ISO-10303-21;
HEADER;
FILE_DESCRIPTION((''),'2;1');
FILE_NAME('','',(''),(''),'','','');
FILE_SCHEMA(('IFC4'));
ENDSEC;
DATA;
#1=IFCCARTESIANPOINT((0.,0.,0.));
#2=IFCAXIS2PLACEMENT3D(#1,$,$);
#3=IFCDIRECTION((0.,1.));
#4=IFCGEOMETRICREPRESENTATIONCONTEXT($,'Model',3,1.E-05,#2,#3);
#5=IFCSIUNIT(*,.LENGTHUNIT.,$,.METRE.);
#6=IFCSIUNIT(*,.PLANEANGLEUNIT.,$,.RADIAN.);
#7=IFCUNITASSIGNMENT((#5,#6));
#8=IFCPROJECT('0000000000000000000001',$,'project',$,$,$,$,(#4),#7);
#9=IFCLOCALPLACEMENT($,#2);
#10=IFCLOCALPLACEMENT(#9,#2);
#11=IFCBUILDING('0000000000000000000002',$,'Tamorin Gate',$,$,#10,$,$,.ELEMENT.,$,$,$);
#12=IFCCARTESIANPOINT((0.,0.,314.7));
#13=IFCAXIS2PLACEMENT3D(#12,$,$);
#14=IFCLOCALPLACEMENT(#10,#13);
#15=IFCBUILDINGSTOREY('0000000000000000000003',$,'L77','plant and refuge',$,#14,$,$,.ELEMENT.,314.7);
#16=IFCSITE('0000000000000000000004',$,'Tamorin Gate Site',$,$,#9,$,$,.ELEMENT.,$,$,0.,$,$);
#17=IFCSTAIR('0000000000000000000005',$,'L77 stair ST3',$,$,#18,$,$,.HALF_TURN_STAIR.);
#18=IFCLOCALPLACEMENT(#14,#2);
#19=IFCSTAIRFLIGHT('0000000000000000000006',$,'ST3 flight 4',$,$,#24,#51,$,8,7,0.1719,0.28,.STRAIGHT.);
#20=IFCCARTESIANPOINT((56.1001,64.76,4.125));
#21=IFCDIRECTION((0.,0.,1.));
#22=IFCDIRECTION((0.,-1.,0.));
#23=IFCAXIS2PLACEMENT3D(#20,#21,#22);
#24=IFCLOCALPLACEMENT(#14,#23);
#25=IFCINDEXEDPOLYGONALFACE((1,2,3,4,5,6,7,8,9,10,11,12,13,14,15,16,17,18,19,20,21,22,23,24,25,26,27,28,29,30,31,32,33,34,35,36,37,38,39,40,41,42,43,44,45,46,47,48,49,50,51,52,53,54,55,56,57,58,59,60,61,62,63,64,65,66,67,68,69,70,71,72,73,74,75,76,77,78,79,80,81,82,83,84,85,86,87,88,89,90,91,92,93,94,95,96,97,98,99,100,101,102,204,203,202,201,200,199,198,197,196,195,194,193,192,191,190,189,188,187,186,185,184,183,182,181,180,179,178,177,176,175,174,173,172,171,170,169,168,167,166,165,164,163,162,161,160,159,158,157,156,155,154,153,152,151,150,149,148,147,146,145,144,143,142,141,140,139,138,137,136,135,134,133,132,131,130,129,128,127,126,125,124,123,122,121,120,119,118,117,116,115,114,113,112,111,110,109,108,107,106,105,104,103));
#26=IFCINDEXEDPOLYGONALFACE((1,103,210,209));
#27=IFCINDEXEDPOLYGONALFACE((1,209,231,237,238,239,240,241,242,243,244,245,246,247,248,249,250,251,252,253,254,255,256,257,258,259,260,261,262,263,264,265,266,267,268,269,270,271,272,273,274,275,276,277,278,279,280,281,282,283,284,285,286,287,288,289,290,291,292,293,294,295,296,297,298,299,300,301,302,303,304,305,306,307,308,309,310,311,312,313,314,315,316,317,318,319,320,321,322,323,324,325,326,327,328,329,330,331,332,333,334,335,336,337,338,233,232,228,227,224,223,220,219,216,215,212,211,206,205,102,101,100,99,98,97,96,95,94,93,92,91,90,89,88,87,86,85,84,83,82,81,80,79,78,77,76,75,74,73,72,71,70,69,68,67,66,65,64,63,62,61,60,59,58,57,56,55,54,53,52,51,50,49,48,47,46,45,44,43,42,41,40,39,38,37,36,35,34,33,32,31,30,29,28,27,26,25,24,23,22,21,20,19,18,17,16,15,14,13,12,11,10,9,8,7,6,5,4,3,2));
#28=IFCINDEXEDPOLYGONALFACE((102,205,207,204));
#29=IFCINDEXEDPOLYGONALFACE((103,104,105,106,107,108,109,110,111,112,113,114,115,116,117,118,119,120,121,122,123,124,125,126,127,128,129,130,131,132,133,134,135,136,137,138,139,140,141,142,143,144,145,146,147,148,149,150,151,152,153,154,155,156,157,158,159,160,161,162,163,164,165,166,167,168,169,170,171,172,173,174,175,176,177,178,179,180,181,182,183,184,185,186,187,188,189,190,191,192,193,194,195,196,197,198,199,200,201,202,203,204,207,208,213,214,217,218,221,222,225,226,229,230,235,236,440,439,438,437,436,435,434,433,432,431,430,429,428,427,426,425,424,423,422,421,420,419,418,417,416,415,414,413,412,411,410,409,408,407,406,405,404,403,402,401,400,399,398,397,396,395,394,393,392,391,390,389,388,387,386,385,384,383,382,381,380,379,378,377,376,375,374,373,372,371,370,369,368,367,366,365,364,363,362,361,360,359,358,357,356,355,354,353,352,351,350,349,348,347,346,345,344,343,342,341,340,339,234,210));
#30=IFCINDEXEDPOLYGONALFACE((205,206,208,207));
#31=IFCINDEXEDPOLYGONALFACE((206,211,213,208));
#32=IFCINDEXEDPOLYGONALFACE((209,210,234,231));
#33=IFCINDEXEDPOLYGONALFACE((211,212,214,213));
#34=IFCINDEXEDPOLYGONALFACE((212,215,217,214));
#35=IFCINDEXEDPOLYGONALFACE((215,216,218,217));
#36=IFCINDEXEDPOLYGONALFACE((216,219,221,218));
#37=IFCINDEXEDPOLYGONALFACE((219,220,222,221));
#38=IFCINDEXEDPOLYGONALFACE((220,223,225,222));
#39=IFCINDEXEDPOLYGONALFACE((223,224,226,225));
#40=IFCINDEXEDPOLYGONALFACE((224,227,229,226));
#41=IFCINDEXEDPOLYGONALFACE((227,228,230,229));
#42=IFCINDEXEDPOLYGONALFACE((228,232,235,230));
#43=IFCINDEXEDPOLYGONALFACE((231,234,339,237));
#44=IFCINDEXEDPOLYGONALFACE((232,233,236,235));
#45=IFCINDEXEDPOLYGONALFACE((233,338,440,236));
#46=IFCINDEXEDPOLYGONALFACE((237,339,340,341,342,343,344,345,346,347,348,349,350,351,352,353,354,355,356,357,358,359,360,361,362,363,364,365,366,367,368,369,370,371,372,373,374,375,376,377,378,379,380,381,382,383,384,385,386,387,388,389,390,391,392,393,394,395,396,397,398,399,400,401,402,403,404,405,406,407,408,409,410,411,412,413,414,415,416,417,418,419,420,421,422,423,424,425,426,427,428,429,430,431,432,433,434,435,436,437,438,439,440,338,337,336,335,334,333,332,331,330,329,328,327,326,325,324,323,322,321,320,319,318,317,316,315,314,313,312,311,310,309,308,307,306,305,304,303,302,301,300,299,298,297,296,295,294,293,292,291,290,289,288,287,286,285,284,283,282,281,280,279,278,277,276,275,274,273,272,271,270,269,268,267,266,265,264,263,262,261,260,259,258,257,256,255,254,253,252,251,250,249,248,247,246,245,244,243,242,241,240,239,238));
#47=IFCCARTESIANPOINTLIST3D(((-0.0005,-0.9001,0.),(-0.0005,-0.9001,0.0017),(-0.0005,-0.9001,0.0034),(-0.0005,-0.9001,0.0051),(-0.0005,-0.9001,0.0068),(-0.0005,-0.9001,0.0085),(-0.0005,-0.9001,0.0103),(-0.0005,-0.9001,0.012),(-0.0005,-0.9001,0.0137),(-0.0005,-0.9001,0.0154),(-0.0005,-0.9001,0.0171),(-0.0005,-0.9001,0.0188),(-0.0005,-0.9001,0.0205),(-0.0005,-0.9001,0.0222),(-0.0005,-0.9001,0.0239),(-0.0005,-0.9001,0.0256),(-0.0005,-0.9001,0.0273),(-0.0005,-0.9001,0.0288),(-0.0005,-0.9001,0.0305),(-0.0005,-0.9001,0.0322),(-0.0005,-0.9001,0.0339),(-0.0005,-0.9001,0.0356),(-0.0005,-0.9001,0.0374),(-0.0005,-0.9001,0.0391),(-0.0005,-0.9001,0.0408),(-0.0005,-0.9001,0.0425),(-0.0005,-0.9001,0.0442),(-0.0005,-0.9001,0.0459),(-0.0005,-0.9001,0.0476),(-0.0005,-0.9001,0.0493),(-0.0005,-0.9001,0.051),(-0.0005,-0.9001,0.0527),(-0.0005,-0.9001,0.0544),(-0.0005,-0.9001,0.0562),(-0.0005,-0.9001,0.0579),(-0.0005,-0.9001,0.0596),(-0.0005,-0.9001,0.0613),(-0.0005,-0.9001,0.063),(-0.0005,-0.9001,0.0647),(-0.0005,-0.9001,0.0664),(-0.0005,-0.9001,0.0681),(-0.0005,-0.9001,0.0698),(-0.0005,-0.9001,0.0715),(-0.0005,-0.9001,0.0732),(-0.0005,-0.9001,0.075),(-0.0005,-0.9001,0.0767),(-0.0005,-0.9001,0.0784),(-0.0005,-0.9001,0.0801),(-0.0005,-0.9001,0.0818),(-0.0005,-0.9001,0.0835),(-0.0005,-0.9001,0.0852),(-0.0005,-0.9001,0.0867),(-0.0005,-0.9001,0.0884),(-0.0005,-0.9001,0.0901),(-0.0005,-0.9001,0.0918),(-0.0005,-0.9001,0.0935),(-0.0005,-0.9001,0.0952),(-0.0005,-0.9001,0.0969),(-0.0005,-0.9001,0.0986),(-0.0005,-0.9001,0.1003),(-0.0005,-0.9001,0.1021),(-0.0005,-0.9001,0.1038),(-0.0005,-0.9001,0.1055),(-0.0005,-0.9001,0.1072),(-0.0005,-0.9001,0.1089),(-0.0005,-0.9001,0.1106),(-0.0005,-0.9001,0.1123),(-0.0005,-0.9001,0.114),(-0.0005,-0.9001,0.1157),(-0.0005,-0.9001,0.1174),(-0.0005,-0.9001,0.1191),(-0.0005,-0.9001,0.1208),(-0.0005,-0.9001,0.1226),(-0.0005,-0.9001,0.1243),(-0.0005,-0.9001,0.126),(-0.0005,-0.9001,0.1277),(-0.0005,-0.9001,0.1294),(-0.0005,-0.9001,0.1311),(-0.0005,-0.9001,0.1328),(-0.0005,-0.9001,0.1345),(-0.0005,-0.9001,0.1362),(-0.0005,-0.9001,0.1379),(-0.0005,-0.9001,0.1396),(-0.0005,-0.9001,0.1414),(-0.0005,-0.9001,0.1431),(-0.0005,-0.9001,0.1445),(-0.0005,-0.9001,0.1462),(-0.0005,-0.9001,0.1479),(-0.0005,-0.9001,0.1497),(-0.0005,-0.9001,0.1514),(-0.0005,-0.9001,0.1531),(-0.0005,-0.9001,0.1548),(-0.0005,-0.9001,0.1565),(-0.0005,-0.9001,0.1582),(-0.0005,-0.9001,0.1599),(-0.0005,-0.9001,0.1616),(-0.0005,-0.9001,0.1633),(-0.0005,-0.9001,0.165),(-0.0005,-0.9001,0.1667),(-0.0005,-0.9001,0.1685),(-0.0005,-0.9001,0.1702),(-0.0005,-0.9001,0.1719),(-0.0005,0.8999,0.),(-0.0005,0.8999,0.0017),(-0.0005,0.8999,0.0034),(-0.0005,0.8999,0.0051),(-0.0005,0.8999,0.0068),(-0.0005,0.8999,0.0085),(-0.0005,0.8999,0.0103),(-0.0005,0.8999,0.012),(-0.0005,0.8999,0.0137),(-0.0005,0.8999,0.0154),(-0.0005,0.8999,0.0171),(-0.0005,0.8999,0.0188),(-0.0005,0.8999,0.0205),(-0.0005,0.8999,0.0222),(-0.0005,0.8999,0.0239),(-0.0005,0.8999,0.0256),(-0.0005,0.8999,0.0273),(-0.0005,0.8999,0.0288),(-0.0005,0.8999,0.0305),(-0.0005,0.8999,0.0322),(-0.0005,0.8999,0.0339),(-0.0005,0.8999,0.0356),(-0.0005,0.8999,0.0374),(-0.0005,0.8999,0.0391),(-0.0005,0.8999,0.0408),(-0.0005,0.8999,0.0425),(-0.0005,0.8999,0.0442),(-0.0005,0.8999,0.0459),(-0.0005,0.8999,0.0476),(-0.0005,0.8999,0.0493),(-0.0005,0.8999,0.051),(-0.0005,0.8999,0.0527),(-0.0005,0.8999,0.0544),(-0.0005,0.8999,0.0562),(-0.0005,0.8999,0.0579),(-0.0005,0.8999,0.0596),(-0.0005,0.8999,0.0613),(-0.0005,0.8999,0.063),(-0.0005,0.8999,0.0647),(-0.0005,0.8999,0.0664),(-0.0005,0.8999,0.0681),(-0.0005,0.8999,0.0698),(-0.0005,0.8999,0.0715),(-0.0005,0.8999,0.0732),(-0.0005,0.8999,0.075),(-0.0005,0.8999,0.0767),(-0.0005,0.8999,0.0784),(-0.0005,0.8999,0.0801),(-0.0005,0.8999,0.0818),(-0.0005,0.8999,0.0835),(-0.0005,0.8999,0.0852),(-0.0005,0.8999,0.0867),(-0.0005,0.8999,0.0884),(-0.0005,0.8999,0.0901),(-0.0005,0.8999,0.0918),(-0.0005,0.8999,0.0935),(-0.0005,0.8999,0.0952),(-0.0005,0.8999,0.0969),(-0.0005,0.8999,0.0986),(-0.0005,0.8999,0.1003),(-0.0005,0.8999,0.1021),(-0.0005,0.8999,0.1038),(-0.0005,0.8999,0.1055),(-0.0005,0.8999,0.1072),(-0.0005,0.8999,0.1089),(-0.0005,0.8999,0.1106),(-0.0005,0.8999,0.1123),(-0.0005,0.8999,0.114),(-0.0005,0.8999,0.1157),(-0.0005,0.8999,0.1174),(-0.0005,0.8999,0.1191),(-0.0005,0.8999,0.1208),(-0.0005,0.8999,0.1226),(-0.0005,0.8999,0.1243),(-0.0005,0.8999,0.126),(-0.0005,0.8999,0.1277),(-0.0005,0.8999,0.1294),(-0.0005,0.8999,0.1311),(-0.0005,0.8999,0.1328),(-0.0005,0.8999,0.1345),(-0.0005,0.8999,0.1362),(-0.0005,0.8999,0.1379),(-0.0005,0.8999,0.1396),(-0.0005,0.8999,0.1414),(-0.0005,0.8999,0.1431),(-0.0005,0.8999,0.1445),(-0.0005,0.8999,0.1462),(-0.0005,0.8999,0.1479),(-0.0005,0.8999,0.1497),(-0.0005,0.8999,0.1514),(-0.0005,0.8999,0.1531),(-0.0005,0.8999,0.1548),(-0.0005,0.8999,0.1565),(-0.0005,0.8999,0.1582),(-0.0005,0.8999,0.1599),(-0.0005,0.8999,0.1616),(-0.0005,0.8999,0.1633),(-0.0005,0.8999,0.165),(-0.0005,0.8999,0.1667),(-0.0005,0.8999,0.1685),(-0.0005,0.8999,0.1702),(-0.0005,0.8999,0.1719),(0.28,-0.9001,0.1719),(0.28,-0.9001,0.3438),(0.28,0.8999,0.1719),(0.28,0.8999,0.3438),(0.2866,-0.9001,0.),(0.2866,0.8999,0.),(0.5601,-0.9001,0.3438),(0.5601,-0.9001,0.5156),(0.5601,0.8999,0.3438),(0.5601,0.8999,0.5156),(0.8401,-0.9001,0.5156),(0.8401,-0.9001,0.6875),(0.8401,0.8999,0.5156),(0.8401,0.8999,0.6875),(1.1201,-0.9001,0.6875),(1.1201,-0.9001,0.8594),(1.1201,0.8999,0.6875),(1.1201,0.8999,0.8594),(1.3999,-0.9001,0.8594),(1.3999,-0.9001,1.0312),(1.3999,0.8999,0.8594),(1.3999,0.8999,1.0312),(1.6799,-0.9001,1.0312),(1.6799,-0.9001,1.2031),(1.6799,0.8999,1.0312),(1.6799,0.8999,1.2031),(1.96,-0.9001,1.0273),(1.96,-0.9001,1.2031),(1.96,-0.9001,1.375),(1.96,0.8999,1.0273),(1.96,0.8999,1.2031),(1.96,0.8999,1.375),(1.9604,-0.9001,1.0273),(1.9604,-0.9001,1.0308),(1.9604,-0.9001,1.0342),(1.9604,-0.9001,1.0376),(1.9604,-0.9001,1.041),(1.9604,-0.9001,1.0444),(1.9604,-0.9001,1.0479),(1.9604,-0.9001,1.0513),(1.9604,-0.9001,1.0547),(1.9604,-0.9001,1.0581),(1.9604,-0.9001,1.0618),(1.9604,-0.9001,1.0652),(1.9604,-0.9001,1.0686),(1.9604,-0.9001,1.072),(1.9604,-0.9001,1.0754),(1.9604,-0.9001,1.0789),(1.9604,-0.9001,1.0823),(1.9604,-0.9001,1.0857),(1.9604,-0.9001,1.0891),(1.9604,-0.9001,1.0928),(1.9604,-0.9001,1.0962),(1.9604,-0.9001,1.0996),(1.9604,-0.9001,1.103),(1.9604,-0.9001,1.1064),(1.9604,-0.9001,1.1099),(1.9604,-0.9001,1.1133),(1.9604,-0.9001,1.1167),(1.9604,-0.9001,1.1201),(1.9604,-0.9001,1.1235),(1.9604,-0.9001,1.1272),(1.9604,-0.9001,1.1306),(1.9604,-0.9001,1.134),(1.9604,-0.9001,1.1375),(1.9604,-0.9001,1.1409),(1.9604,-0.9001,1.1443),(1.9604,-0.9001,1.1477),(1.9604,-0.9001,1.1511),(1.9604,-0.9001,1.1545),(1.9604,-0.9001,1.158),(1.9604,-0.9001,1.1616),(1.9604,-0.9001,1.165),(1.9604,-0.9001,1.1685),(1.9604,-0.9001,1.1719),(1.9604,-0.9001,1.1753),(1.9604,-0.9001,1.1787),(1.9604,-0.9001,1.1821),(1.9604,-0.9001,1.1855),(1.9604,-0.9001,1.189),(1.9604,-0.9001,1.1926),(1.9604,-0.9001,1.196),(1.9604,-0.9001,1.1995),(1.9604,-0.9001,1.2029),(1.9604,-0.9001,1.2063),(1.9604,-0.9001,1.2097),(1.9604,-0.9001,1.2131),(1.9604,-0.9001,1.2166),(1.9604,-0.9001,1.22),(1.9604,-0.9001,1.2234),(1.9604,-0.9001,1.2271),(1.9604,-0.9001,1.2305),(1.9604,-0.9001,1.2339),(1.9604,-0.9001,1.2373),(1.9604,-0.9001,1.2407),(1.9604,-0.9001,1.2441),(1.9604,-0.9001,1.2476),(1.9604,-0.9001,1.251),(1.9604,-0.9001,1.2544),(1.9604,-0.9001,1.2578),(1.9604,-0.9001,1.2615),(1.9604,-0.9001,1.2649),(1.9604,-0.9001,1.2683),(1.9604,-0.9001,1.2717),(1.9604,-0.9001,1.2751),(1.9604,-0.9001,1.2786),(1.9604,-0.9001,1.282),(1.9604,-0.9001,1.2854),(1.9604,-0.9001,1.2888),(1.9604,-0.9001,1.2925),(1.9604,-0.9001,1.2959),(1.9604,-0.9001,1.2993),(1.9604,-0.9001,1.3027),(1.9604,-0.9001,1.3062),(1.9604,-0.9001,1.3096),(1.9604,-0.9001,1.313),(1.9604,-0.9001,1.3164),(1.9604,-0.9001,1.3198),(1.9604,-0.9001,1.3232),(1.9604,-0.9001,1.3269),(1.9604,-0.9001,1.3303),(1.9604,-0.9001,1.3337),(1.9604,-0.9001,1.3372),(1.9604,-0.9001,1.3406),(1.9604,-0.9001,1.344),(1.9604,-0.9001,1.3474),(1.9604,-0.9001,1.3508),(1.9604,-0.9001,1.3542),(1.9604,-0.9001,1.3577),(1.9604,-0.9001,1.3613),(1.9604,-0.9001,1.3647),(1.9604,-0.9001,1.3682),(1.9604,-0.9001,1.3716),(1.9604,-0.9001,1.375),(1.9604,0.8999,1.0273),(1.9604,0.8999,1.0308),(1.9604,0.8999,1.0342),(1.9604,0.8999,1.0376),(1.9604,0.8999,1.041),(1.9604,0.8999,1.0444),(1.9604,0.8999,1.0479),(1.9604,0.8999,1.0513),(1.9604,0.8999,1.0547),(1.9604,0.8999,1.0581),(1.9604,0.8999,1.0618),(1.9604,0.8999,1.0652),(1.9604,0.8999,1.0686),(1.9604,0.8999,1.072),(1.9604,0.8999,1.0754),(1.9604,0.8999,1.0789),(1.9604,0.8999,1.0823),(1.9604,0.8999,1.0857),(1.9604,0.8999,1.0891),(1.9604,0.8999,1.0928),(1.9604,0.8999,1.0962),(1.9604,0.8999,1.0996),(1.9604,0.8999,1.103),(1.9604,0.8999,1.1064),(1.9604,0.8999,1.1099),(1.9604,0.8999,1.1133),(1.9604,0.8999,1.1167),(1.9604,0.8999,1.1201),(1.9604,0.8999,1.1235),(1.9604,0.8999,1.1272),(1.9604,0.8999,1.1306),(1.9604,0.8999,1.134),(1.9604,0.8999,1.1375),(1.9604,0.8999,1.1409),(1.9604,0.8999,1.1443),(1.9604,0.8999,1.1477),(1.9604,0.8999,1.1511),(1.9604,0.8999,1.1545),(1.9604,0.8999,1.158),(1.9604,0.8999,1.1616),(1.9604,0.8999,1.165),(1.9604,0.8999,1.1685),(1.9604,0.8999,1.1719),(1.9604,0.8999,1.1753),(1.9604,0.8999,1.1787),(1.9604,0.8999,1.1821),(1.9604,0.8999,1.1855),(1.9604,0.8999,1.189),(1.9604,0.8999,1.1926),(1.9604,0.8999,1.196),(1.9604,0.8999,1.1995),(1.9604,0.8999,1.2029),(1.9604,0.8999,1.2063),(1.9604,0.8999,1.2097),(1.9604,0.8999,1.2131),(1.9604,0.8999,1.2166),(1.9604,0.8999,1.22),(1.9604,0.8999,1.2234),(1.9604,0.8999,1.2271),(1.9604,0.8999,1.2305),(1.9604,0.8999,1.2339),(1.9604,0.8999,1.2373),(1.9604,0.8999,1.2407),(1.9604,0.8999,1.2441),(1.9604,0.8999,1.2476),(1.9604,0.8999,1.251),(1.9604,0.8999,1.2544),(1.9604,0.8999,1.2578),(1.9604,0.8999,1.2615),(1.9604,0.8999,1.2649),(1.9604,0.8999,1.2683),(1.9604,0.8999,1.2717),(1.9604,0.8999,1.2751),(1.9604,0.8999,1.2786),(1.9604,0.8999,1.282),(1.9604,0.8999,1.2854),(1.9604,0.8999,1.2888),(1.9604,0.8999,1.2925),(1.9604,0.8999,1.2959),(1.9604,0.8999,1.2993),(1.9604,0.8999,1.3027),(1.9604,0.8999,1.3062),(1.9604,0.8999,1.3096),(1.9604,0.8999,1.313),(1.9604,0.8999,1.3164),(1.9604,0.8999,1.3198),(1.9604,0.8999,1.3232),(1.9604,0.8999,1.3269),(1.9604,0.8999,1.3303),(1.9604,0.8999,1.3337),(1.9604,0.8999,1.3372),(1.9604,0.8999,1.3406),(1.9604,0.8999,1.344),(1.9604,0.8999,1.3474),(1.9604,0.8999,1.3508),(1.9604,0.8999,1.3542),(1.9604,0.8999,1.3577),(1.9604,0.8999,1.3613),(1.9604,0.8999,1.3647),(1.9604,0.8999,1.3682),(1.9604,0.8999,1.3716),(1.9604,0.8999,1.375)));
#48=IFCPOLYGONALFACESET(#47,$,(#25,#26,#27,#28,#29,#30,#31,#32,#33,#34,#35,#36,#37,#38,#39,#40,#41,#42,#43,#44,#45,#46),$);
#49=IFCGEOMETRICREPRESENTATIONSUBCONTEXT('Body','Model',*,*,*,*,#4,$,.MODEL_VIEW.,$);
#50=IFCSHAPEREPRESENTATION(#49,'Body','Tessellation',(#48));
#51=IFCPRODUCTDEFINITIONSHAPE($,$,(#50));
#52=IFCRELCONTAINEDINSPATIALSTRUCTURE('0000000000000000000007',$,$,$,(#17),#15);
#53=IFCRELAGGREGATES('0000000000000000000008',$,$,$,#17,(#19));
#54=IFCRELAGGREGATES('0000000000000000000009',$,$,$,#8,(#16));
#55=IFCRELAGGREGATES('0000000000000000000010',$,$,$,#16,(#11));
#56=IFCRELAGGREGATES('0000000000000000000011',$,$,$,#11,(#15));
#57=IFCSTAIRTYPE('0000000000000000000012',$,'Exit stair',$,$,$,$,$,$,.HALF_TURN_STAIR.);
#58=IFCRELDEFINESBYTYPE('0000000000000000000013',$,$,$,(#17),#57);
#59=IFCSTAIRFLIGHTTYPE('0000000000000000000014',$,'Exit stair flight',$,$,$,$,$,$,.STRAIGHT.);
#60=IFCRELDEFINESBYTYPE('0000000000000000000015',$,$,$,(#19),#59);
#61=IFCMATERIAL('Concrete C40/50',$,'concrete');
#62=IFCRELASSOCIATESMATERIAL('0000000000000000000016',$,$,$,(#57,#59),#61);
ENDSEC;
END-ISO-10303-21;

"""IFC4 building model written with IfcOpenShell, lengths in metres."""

from ifc_helpers import new_model, si_unit, direction, frame, origin, place, context, subcontext, project, spatial, polyline, outline, extrude, material, type_object, element, aggregate, save


model = new_model("IFC4")

# Units and contexts
model_context = context("Model", 3, precision=1e-05, world=origin(), true_north=direction((0.0, 1.0)))
body_context = subcontext(model_context, "Body", "Model", "MODEL_VIEW")
ifc_project = project(units=[si_unit("LENGTHUNIT", "METRE"), si_unit("PLANEANGLEUNIT", "RADIAN")], contexts=[model_context])

# Site, building, storey
site_placement = place(None, origin())
site = spatial("IfcSite", under=ifc_project, at=site_placement, Name="Tamorin Gate Site", CompositionType="ELEMENT", RefElevation=0.0)
building_placement = place(site_placement, origin())
building = spatial("IfcBuilding", under=site, at=building_placement, Name="Tamorin Gate", CompositionType="ELEMENT")
storey_placement = place(building_placement, frame((0.0, 0.0, 314.7)))
storey = spatial("IfcBuildingStorey", under=building, at=storey_placement, Name="L77", Description="plant and refuge", CompositionType="ELEMENT", Elevation=314.7)

# Shared definitions
ifc_material_1 = material(Name="Concrete C40/50", Category="concrete")

# Stair, stair flight
stair_type = type_object("IfcStairType", Name="Exit stair", PredefinedType="HALF_TURN_STAIR", material=ifc_material_1)
stair_placement = place(storey_placement, origin())
stair = element("IfcStair", 1, at=stair_placement, inside=storey, type_object=stair_type, Name="L77 stair ST3", PredefinedType="HALF_TURN_STAIR")
stair_flight_type = type_object("IfcStairFlightType", Name="Exit stair flight", PredefinedType="STRAIGHT", material=ifc_material_1)
stair_flight_1_placement = place(storey_placement, frame((56.1001, 64.76, 4.125), z_axis=(0.0, 0.0, 1.0), x_axis=(0.0, -1.0, 0.0)))
stair_flight_1 = element("IfcStairFlight", 2, at=stair_flight_1_placement, type_object=stair_flight_type, Name="ST3 flight 4", NumberOfRisers=8, NumberOfTreads=7, PredefinedType="STRAIGHT", RiserHeight=0.1719, TreadLength=0.28, context=body_context, shape_type="SweptSolid", body=[
    extrude(outline(polyline([(-0.0005, 0.0), (-0.0005, 0.0017), (-0.0005, 0.0034), (-0.0005, 0.0051), (-0.0005, 0.0068), (-0.0005, 0.0085), (-0.0005, 0.0103), (-0.0005, 0.012), (-0.0005, 0.0137), (-0.0005, 0.0154), (-0.0005, 0.0171), (-0.0005, 0.0188), (-0.0005, 0.0205), (-0.0005, 0.0222), (-0.0005, 0.0239), (-0.0005, 0.0256), (-0.0005, 0.0273), (-0.0005, 0.0288), (-0.0005, 0.0305), (-0.0005, 0.0322), (-0.0005, 0.0339), (-0.0005, 0.0356), (-0.0005, 0.0374), (-0.0005, 0.0391), (-0.0005, 0.0408), (-0.0005, 0.0425), (-0.0005, 0.0442), (-0.0005, 0.0459), (-0.0005, 0.0476), (-0.0005, 0.0493), (-0.0005, 0.051), (-0.0005, 0.0527), (-0.0005, 0.0544), (-0.0005, 0.0562), (-0.0005, 0.0579), (-0.0005, 0.0596), (-0.0005, 0.0613), (-0.0005, 0.063), (-0.0005, 0.0647), (-0.0005, 0.0664), (-0.0005, 0.0681), (-0.0005, 0.0698), (-0.0005, 0.0715), (-0.0005, 0.0732), (-0.0005, 0.075), (-0.0005, 0.0767), (-0.0005, 0.0784), (-0.0005, 0.0801), (-0.0005, 0.0818), (-0.0005, 0.0835), (-0.0005, 0.0852), (-0.0005, 0.0867), (-0.0005, 0.0884), (-0.0005, 0.0901), (-0.0005, 0.0918), (-0.0005, 0.0935), (-0.0005, 0.0952), (-0.0005, 0.0969), (-0.0005, 0.0986), (-0.0005, 0.1003), (-0.0005, 0.1021), (-0.0005, 0.1038), (-0.0005, 0.1055), (-0.0005, 0.1072), (-0.0005, 0.1089), (-0.0005, 0.1106), (-0.0005, 0.1123), (-0.0005, 0.114), (-0.0005, 0.1157), (-0.0005, 0.1174), (-0.0005, 0.1191), (-0.0005, 0.1208), (-0.0005, 0.1226), (-0.0005, 0.1243), (-0.0005, 0.126), (-0.0005, 0.1277), (-0.0005, 0.1294), (-0.0005, 0.1311), (-0.0005, 0.1328), (-0.0005, 0.1345), (-0.0005, 0.1362), (-0.0005, 0.1379), (-0.0005, 0.1396), (-0.0005, 0.1414), (-0.0005, 0.1431), (-0.0005, 0.1445), (-0.0005, 0.1462), (-0.0005, 0.1479), (-0.0005, 0.1497), (-0.0005, 0.1514), (-0.0005, 0.1531), (-0.0005, 0.1548), (-0.0005, 0.1565), (-0.0005, 0.1582), (-0.0005, 0.1599), (-0.0005, 0.1616), (-0.0005, 0.1633), (-0.0005, 0.165), (-0.0005, 0.1667), (-0.0005, 0.1685), (-0.0005, 0.1702), (-0.0005, 0.1719), (0.28, 0.1719), (0.28, 0.3438), (0.5601, 0.3438), (0.5601, 0.5156), (0.8401, 0.5156), (0.8401, 0.6875), (1.1201, 0.6875), (1.1201, 0.8594), (1.3999, 0.8594), (1.3999, 1.0312), (1.6799, 1.0312), (1.6799, 1.2031), (1.96, 1.2031), (1.96, 1.375), (1.9604, 1.375), (1.9604, 1.3716), (1.9604, 1.3682), (1.9604, 1.3647), (1.9604, 1.3613), (1.9604, 1.3577), (1.9604, 1.3542), (1.9604, 1.3508), (1.9604, 1.3474), (1.9604, 1.344), (1.9604, 1.3406), (1.9604, 1.3372), (1.9604, 1.3337), (1.9604, 1.3303), (1.9604, 1.3269), (1.9604, 1.3232), (1.9604, 1.3198), (1.9604, 1.3164), (1.9604, 1.313), (1.9604, 1.3096), (1.9604, 1.3062), (1.9604, 1.3027), (1.9604, 1.2993), (1.9604, 1.2959), (1.9604, 1.2925), (1.9604, 1.2888), (1.9604, 1.2854), (1.9604, 1.282), (1.9604, 1.2786), (1.9604, 1.2751), (1.9604, 1.2717), (1.9604, 1.2683), (1.9604, 1.2649), (1.9604, 1.2615), (1.9604, 1.2578), (1.9604, 1.2544), (1.9604, 1.251), (1.9604, 1.2476), (1.9604, 1.2441), (1.9604, 1.2407), (1.9604, 1.2373), (1.9604, 1.2339), (1.9604, 1.2305), (1.9604, 1.2271), (1.9604, 1.2234), (1.9604, 1.22), (1.9604, 1.2166), (1.9604, 1.2131), (1.9604, 1.2097), (1.9604, 1.2063), (1.9604, 1.2029), (1.9604, 1.1995), (1.9604, 1.196), (1.9604, 1.1926), (1.9604, 1.189), (1.9604, 1.1855), (1.9604, 1.1821), (1.9604, 1.1787), (1.9604, 1.1753), (1.9604, 1.1719), (1.9604, 1.1685), (1.9604, 1.165), (1.9604, 1.1616), (1.9604, 1.158), (1.9604, 1.1545), (1.9604, 1.1511), (1.9604, 1.1477), (1.9604, 1.1443), (1.9604, 1.1409), (1.9604, 1.1375), (1.9604, 1.134), (1.9604, 1.1306), (1.9604, 1.1272), (1.9604, 1.1235), (1.9604, 1.1201), (1.9604, 1.1167), (1.9604, 1.1133), (1.9604, 1.1099), (1.9604, 1.1064), (1.9604, 1.103), (1.9604, 1.0996), (1.9604, 1.0962), (1.9604, 1.0928), (1.9604, 1.0891), (1.9604, 1.0857), (1.9604, 1.0823), (1.9604, 1.0789), (1.9604, 1.0754), (1.9604, 1.072), (1.9604, 1.0686), (1.9604, 1.0652), (1.9604, 1.0618), (1.9604, 1.0581), (1.9604, 1.0547), (1.9604, 1.0513), (1.9604, 1.0479), (1.9604, 1.0444), (1.9604, 1.041), (1.9604, 1.0376), (1.9604, 1.0342), (1.9604, 1.0308), (1.9604, 1.0273), (1.96, 1.0273), (0.2866, 0.0), (-0.0005, 0.0)])), frame((0.0, 0.8999, 0.0), z_axis=(0.0, -1.0, 0.0), x_axis=(1.0, 0.0, 0.0)), (0.0, 0.0, 1.0), 1.8),
])
aggregate(stair, [stair_flight_1])

save(model, "model.ifc")
